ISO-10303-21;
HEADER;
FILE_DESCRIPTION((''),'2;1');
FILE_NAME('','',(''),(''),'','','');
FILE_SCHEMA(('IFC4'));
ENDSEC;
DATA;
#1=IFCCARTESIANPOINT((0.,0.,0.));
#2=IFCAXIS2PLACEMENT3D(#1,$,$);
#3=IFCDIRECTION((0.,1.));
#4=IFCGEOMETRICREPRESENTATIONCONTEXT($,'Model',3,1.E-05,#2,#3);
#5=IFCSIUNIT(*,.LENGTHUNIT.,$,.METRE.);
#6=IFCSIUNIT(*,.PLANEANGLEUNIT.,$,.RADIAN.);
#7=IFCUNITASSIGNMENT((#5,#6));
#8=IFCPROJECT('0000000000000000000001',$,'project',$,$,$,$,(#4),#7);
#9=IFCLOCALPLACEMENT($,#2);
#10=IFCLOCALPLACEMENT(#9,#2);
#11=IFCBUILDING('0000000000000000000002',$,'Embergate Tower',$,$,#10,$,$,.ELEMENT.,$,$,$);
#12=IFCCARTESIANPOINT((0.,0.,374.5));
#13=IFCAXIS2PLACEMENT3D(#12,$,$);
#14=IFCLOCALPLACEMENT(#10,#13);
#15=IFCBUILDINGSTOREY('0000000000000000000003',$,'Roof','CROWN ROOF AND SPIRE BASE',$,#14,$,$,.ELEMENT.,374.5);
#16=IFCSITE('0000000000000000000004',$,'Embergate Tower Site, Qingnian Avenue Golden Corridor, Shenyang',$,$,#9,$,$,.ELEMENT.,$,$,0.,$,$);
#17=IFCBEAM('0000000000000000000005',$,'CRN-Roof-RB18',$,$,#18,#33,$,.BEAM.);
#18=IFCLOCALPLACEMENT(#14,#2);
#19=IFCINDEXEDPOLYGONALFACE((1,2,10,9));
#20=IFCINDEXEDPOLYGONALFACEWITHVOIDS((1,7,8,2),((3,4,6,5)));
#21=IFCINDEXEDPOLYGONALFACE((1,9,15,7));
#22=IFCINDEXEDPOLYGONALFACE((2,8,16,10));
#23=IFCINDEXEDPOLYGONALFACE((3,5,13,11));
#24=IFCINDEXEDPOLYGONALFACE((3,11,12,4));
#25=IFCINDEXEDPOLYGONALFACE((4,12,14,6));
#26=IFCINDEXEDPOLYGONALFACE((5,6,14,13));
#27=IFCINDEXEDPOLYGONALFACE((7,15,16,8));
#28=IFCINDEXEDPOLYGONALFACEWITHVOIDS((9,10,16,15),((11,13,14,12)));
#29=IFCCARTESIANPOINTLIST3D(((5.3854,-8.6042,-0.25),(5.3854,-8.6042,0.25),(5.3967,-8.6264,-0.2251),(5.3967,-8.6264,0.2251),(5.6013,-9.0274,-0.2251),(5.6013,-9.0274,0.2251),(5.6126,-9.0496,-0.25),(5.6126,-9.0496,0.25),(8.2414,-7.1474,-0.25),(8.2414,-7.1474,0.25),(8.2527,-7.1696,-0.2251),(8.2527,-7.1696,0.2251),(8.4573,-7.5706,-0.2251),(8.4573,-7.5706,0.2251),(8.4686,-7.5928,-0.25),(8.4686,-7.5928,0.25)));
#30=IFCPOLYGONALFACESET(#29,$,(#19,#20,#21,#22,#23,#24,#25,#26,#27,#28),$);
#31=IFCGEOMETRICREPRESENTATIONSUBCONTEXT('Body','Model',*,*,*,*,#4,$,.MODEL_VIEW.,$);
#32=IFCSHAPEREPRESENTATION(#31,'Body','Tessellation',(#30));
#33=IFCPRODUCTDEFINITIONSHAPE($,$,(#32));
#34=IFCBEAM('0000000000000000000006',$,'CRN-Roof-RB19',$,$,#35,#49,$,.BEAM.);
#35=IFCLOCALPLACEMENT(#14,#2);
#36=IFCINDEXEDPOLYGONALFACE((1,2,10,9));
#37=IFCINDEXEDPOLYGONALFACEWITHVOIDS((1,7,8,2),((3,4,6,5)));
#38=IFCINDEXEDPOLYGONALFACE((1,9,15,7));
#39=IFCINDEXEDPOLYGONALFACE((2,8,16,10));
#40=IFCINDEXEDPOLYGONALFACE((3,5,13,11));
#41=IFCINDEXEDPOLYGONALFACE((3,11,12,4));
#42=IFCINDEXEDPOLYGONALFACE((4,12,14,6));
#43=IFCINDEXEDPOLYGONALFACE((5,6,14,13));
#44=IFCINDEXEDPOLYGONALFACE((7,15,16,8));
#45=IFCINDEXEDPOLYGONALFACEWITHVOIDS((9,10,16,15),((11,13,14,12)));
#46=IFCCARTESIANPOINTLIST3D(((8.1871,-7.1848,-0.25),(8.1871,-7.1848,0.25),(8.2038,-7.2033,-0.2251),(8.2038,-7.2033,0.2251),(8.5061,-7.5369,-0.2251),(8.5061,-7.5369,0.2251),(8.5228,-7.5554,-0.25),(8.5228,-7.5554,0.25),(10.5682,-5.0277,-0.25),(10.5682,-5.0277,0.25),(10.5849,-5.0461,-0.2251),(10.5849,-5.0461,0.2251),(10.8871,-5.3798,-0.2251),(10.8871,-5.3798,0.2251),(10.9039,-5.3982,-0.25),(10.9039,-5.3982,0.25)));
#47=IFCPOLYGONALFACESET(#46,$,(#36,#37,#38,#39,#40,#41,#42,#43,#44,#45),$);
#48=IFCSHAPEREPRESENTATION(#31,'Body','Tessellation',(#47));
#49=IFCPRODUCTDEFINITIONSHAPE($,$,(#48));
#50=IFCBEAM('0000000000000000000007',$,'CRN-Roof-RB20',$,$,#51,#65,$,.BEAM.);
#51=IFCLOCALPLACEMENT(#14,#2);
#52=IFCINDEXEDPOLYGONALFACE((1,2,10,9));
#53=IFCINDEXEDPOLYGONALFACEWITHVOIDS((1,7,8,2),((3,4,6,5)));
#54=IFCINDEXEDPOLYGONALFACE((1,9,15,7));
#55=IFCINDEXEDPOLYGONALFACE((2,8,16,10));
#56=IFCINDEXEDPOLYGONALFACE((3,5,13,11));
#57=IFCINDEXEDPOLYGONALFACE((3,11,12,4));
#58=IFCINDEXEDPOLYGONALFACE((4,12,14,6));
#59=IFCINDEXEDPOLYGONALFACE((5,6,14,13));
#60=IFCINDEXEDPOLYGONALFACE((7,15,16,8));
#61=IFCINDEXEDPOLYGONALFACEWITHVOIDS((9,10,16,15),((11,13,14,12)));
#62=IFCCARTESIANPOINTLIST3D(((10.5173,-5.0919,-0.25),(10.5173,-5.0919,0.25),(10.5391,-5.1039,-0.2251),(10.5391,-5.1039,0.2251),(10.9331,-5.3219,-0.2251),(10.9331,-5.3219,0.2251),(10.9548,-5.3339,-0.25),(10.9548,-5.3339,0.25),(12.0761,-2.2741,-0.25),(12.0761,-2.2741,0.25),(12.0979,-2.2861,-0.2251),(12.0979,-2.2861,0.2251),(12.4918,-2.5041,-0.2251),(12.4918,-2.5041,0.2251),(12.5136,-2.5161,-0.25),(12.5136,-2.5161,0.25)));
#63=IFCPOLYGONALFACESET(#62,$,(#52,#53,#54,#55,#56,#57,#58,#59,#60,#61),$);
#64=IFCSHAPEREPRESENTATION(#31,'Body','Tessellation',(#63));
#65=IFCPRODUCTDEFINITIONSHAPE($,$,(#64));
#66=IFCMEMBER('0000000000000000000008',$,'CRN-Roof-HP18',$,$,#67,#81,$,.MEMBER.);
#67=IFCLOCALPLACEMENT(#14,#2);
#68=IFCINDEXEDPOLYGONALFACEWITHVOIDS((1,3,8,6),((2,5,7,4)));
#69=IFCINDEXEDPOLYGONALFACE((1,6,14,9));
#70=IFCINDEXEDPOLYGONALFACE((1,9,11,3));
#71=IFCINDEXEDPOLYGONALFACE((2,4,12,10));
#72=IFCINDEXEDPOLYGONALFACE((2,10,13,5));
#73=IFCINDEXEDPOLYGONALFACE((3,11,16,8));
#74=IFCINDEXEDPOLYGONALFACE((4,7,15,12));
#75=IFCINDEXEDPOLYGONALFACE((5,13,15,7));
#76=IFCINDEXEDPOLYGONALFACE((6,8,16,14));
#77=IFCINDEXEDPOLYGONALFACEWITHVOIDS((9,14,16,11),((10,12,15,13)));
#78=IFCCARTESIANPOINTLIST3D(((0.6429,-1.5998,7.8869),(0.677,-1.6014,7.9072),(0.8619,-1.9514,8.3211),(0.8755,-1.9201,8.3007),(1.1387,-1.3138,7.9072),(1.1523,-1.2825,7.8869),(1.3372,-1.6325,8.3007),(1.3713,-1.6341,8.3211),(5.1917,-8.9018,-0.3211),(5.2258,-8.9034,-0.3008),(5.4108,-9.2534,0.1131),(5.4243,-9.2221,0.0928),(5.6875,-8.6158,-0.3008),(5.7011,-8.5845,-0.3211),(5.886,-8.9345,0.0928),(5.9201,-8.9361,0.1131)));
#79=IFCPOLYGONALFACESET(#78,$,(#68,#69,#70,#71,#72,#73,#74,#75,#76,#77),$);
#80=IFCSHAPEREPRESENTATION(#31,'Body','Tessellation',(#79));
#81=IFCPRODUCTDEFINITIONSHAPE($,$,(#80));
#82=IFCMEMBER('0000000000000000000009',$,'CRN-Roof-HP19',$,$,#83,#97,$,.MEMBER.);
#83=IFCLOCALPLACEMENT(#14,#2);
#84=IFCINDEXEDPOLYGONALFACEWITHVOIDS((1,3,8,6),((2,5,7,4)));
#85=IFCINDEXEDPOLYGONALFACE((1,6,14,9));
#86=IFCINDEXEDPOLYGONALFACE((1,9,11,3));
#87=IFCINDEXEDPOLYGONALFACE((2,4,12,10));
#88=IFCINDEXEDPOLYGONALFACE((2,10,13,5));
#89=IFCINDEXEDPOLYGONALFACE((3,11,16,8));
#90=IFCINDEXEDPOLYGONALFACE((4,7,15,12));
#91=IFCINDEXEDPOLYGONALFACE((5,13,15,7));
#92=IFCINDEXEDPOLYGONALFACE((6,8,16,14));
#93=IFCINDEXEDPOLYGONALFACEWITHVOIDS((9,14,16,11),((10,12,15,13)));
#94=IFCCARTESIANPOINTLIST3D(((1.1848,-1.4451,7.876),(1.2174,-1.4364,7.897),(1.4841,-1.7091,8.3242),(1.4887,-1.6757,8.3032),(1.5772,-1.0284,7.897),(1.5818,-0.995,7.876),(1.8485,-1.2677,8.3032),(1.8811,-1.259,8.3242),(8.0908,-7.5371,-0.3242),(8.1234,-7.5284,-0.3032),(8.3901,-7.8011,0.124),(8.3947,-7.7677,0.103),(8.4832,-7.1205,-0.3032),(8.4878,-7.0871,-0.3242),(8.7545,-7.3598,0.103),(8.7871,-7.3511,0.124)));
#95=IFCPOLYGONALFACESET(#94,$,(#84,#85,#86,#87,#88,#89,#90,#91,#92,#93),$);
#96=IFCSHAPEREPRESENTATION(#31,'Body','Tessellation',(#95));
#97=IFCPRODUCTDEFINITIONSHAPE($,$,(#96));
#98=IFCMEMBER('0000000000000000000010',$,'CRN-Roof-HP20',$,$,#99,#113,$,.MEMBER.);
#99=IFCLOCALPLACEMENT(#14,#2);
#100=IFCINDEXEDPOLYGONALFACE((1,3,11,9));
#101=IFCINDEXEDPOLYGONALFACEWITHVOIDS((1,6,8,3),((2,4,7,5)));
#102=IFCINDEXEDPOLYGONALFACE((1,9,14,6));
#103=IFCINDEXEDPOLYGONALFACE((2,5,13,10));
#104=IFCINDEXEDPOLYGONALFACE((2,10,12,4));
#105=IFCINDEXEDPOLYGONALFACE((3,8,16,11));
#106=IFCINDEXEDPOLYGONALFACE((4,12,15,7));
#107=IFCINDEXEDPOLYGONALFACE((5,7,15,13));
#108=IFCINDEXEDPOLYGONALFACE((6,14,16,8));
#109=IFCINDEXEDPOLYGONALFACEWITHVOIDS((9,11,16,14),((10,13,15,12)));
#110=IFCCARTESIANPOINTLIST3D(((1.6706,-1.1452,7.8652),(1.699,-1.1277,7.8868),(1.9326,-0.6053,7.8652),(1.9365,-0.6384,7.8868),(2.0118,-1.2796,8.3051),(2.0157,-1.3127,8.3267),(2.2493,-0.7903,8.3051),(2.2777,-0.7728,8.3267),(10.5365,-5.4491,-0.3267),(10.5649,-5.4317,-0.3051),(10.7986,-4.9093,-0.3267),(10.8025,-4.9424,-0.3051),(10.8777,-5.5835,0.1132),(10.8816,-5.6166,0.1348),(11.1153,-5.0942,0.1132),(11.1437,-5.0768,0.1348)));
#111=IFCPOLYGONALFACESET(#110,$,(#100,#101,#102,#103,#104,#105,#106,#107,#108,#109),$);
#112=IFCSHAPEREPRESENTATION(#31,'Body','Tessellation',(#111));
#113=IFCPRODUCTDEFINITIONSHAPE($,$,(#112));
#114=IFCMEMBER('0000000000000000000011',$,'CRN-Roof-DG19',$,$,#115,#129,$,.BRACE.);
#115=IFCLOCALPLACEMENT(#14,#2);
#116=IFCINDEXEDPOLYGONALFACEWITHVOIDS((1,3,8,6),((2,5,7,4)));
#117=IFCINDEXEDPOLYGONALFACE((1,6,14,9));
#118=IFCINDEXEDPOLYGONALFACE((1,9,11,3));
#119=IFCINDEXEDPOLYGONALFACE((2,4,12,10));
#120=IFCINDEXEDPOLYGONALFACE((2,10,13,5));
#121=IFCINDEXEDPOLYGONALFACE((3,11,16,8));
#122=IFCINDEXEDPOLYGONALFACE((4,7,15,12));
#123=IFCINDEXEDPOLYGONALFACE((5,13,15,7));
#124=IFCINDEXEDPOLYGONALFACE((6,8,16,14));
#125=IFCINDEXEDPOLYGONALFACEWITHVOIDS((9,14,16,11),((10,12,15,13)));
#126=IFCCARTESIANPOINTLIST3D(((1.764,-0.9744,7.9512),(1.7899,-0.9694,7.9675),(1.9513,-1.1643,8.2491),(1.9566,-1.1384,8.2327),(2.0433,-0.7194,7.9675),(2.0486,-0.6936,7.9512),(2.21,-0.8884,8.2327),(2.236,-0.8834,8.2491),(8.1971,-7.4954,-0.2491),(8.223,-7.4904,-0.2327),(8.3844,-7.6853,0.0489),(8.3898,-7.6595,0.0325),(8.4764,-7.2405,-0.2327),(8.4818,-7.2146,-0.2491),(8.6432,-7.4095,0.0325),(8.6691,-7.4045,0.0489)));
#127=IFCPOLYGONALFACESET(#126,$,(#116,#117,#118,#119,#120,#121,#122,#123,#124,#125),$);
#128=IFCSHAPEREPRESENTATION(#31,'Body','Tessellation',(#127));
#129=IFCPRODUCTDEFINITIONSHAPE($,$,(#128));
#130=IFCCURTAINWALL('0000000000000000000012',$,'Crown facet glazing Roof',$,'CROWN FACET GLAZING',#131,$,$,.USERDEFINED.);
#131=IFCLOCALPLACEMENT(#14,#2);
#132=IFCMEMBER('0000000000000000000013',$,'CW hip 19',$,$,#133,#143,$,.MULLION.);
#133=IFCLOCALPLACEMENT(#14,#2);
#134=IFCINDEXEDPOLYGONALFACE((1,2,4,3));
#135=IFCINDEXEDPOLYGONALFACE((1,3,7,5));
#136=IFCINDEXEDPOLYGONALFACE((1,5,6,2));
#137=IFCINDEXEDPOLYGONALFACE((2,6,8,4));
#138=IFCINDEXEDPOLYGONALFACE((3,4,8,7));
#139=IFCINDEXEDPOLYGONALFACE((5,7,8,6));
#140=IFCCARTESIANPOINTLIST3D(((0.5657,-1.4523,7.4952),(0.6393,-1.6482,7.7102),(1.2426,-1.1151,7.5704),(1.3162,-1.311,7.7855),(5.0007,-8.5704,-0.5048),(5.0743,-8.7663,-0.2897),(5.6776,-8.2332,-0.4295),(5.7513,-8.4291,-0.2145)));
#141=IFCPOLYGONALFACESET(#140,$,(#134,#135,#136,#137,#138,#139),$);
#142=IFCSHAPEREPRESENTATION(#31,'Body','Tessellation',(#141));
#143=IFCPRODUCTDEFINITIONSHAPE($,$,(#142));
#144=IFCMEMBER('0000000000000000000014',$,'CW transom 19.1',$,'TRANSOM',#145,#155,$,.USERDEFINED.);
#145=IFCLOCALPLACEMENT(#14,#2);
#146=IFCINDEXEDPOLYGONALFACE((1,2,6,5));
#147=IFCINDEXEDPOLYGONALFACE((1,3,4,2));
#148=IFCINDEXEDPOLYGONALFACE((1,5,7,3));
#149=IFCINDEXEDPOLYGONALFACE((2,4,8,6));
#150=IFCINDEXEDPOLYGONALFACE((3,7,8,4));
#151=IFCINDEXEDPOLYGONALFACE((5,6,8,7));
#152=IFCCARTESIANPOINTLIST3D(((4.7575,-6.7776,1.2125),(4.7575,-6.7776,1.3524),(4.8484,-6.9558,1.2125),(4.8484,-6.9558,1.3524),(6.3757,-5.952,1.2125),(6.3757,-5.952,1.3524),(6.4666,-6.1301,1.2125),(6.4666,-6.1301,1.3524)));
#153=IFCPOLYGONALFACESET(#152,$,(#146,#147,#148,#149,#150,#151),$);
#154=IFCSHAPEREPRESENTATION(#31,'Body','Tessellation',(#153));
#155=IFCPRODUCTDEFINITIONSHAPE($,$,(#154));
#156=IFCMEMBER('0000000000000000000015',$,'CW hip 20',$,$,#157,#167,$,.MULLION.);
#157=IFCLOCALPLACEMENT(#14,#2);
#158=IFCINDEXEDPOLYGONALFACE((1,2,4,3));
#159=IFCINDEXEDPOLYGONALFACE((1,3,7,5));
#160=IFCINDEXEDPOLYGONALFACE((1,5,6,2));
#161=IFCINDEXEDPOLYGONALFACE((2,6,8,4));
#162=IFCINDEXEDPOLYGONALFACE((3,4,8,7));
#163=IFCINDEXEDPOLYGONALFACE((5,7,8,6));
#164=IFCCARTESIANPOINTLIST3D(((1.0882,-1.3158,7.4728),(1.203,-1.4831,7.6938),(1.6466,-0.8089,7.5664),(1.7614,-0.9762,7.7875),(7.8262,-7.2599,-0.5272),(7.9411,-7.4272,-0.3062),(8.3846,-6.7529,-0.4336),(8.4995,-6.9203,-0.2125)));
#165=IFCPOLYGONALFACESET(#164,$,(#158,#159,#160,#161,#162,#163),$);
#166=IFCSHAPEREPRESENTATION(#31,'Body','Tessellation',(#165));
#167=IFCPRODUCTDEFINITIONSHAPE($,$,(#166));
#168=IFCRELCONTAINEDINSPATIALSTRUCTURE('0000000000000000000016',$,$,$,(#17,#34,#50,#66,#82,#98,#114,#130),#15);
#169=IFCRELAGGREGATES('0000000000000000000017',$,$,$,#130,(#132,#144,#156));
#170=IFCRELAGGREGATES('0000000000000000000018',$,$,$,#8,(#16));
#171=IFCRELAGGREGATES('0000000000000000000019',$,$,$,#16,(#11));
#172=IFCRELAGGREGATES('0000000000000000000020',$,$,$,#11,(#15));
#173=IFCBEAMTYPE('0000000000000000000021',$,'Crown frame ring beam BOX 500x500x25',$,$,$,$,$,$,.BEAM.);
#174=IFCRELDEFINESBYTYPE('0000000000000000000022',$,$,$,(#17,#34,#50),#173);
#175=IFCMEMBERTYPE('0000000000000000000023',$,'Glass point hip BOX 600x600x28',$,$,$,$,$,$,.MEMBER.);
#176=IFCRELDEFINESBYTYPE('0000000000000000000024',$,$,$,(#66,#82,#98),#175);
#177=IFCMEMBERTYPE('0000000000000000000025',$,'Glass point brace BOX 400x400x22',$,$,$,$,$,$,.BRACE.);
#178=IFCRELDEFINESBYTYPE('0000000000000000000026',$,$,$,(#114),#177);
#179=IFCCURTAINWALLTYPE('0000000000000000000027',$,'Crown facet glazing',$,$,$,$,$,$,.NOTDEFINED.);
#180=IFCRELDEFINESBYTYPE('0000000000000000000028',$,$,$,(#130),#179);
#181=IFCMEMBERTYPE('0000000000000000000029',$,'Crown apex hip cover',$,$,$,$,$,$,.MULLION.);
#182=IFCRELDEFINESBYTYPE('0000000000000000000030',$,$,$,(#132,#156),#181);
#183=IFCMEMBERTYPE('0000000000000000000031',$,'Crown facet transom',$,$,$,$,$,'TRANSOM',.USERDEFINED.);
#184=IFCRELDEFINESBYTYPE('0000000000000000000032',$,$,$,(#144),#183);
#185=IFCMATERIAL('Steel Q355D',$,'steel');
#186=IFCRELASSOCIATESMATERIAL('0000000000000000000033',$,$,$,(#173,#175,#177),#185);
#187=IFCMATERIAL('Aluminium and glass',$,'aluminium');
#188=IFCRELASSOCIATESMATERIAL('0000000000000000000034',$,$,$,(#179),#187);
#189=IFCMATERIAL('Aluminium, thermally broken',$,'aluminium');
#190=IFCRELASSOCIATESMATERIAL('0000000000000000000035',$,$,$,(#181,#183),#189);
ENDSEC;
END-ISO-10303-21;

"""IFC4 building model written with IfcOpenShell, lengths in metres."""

from ifc_helpers import new_model, si_unit, direction, frame, origin, origin_2d, place, context, subcontext, project, spatial, rectangle, hollow_rectangle, extrude, source, transform, mapped, material, material_profile, profile_set, type_object, element, aggregate, save


model = new_model("IFC4")

# Units and contexts
model_context = context("Model", 3, precision=1e-05, world=origin(), true_north=direction((0.0, 1.0)))
body_context = subcontext(model_context, "Body", "Model", "MODEL_VIEW")
ifc_project = project(units=[si_unit("LENGTHUNIT", "METRE"), si_unit("PLANEANGLEUNIT", "RADIAN")], contexts=[model_context])

# Site, building, storey
site_placement = place(None, origin())
site = spatial("IfcSite", under=ifc_project, at=site_placement, Name="Embergate Tower Site, Qingnian Avenue Golden Corridor, Shenyang", CompositionType="ELEMENT", RefElevation=0.0)
building_placement = place(site_placement, origin())
building = spatial("IfcBuilding", under=site, at=building_placement, Name="Embergate Tower", CompositionType="ELEMENT")
storey_placement = place(building_placement, frame((0.0, 0.0, 374.5)))
storey = spatial("IfcBuildingStorey", under=building, at=storey_placement, Name="Roof", Description="CROWN ROOF AND SPIRE BASE", CompositionType="ELEMENT", Elevation=374.5)

# Beams
ifc_material_1 = material(Name="Steel Q355D", Category="steel")
ifc_material_profile_1 = material_profile(ifc_material_1, hollow_rectangle(XDim=0.5, YDim=0.5, WallThickness=0.0249, at=origin_2d()), Name="BOX 500x500x25")
ifc_profile_set_1 = profile_set([ifc_material_profile_1], Name="Steel Q355 grade D")
beam_type = type_object("IfcBeamType", Name="Crown frame ring beam BOX 500x500x25", PredefinedType="BEAM", material=ifc_profile_set_1)
shared_shape_1 = source(origin(), body_context, "Body", "SweptSolid", [
    extrude(hollow_rectangle(XDim=0.5, YDim=0.5, WallThickness=0.0249, at=origin_2d()), origin(), (0.0, 0.0, 1.0), 3.2061),
])
beam_1_placement = place(storey_placement, frame((5.499, -8.8269, 0.0), z_axis=(0.890804, 0.454388, 0.0), x_axis=(-0.454388, 0.890804, 0.0)))
element("IfcBeam", 1, at=beam_1_placement, inside=storey, type_object=beam_type, Name="CRN-Roof-RB18", PredefinedType="BEAM", context=body_context, shape_type="MappedRepresentation", body=[
    mapped(shared_shape_1, transform((0.0, 0.0, 0.0))),
])
shared_shape_2 = source(origin(), body_context, "Body", "SweptSolid", [
    extrude(hollow_rectangle(XDim=0.5, YDim=0.5, WallThickness=0.0249, at=origin_2d()), origin(), (0.0, 0.0, 1.0), 3.2129),
])
beam_2_placement = place(storey_placement, frame((8.355, -7.3701, 0.0), z_axis=(0.741087, 0.671409, 0.0), x_axis=(-0.671409, 0.741087, 0.0)))
element("IfcBeam", 2, at=beam_2_placement, inside=storey, type_object=beam_type, Name="CRN-Roof-RB19", PredefinedType="BEAM", context=body_context, shape_type="MappedRepresentation", body=[
    mapped(shared_shape_2, transform((0.0, 0.0, 0.0))),
])
shared_shape_3 = source(origin(), body_context, "Body", "SweptSolid", [
    extrude(hollow_rectangle(XDim=0.5, YDim=0.5, WallThickness=0.0249, at=origin_2d()), origin(), (0.0, 0.0, 1.0), 3.2202),
])
beam_3_placement = place(storey_placement, frame((10.7361, -5.2129, 0.0), z_axis=(0.484065, 0.875032, 0.0), x_axis=(-0.875032, 0.484065, 0.0)))
element("IfcBeam", 3, at=beam_3_placement, inside=storey, type_object=beam_type, Name="CRN-Roof-RB20", PredefinedType="BEAM", context=body_context, shape_type="MappedRepresentation", body=[
    mapped(shared_shape_3, transform((0.0, 0.0, 0.0))),
])

# Members
ifc_material_profile_2 = material_profile(ifc_material_1, hollow_rectangle(XDim=0.6001, YDim=0.6001, WallThickness=0.0281, at=origin_2d()), Name="BOX 600x600x28")
ifc_profile_set_2 = profile_set([ifc_material_profile_2], Name="Steel Q355 grade D")
member_type_1 = type_object("IfcMemberType", Name="Glass point hip BOX 600x600x28", PredefinedType="MEMBER", material=ifc_profile_set_2)
shared_shape_4 = source(origin(), body_context, "Body", "SweptSolid", [
    extrude(hollow_rectangle(XDim=0.6001, YDim=0.6001, WallThickness=0.0281, at=origin_2d()), origin(), (0.0, 0.0, 1.0), 11.8904),
])
member_1_placement = place(storey_placement, frame((5.5559, -8.9189, -0.104), z_axis=(-0.382562, 0.614107, 0.690303), x_axis=(-0.848777, -0.528751, 0.0)))
element("IfcMember", 4, at=member_1_placement, inside=storey, type_object=member_type_1, Name="CRN-Roof-HP18", PredefinedType="MEMBER", context=body_context, shape_type="MappedRepresentation", body=[
    mapped(shared_shape_4, transform((0.0, 0.0, 0.0))),
])
shared_shape_5 = source(origin(), body_context, "Body", "SweptSolid", [
    extrude(hollow_rectangle(XDim=0.6001, YDim=0.6001, WallThickness=0.0281, at=origin_2d()), origin(), (0.0, 0.0, 1.0), 12.3308),
])
member_2_placement = place(storey_placement, frame((8.439, -7.4441, -0.1001), z_axis=(-0.560061, 0.49405, 0.665016), x_axis=(-0.66153, -0.749918, 0.0)))
element("IfcMember", 5, at=member_2_placement, inside=storey, type_object=member_type_1, Name="CRN-Roof-HP19", PredefinedType="MEMBER", context=body_context, shape_type="MappedRepresentation", body=[
    mapped(shared_shape_5, transform((0.0, 0.0, 0.0))),
])
shared_shape_6 = source(origin(), body_context, "Body", "SweptSolid", [
    extrude(hollow_rectangle(XDim=0.6001, YDim=0.6001, WallThickness=0.0281, at=origin_2d()), origin(), (0.0, 0.0, 1.0), 12.8154),
])
member_3_placement = place(storey_placement, frame((10.8401, -5.2629, -0.0959), z_axis=(-0.691817, 0.33584, 0.639219), x_axis=(-0.436709, -0.899603, 0.0)))
element("IfcMember", 6, at=member_3_placement, inside=storey, type_object=member_type_1, Name="CRN-Roof-HP20", PredefinedType="MEMBER", context=body_context, shape_type="MappedRepresentation", body=[
    mapped(shared_shape_6, transform((0.0, 0.0, 0.0))),
])
ifc_material_profile_3 = material_profile(ifc_material_1, hollow_rectangle(XDim=0.3999, YDim=0.3999, WallThickness=0.022, at=origin_2d()), Name="BOX 400x400x22")
ifc_profile_set_3 = profile_set([ifc_material_profile_3], Name="Steel Q355 grade D")
member_type_2 = type_object("IfcMemberType", Name="Glass point brace BOX 400x400x22", PredefinedType="BRACE", material=ifc_profile_set_3)
shared_shape_7 = source(origin(), body_context, "Body", "SweptSolid", [
    extrude(hollow_rectangle(XDim=0.3999, YDim=0.3999, WallThickness=0.022, at=origin_2d()), origin(), (0.0, 0.0, 1.0), 12.2944),
])
member_4_placement = place(storey_placement, frame((8.4331, -7.45, -0.1001), z_axis=(-0.523256, 0.530405, 0.666988), x_axis=(-0.711888, -0.702293, 0.0)))
element("IfcMember", 7, at=member_4_placement, inside=storey, type_object=member_type_2, Name="CRN-Roof-DG19", PredefinedType="BRACE", context=body_context, shape_type="MappedRepresentation", body=[
    mapped(shared_shape_7, transform((0.0, 0.0, 0.0))),
])

# Curtain wall, members
ifc_material_2 = material(Name="Aluminium and glass", Category="aluminium")
curtain_wall_type = type_object("IfcCurtainWallType", Name="Crown facet glazing", PredefinedType="NOTDEFINED", material=ifc_material_2)
curtain_wall_placement = place(storey_placement, origin())
curtain_wall = element("IfcCurtainWall", 8, at=curtain_wall_placement, inside=storey, type_object=curtain_wall_type, Name="Crown facet glazing Roof", ObjectType="CROWN FACET GLAZING", PredefinedType="USERDEFINED")
ifc_material_3 = material(Name="Aluminium, thermally broken", Category="aluminium")
ifc_material_profile_4 = material_profile(ifc_material_3, rectangle(XDim=0.3, YDim=0.76, at=origin_2d()), Name="AL 760x300")
ifc_profile_set_4 = profile_set([ifc_material_profile_4], Name="Aluminium, thermally broken")
member_type_3 = type_object("IfcMemberType", Name="Crown apex hip cover", PredefinedType="MULLION", material=ifc_profile_set_4)
shared_shape_8 = source(origin(), body_context, "Body", "SweptSolid", [
    extrude(rectangle(XDim=0.3, YDim=0.76, at=origin_2d()), origin(), (0.0, 0.0, 1.0), 11.5903),
])
member_5_placement = place(storey_placement, frame((5.376, -8.4998, -0.3596), z_axis=(-0.382648, 0.614142, 0.690225), x_axis=(0.245448, -0.652661, 0.716791)))
member_5 = element("IfcMember", 9, at=member_5_placement, type_object=member_type_3, Name="CW hip 19", PredefinedType="MULLION", context=body_context, shape_type="MappedRepresentation", body=[
    mapped(shared_shape_8, transform((0.0, 0.0, 0.0))),
])
ifc_material_profile_5 = material_profile(ifc_material_3, rectangle(XDim=0.2, YDim=0.1399, at=origin_2d()), Name="AL 140x200")
ifc_profile_set_5 = profile_set([ifc_material_profile_5], Name="Aluminium, thermally broken")
member_type_4 = type_object("IfcMemberType", Name="Crown facet transom", ElementType="TRANSOM", PredefinedType="USERDEFINED", material=ifc_profile_set_5)
shared_shape_9 = source(origin(), body_context, "Body", "SweptSolid", [
    extrude(rectangle(XDim=0.2, YDim=0.1399, at=origin_2d()), origin(), (0.0, 0.0, 1.0), 1.8167),
])
member_6_placement = place(storey_placement, frame((4.803, -6.8667, 1.2825), z_axis=(0.890742, 0.45451, 0.0), x_axis=(-0.45451, 0.890742, 0.0)))
member_6 = element("IfcMember", 10, at=member_6_placement, type_object=member_type_4, Name="CW transom 19.1", ObjectType="TRANSOM", PredefinedType="USERDEFINED", context=body_context, shape_type="MappedRepresentation", body=[
    mapped(shared_shape_9, transform((0.0, 0.0, 0.0))),
])
shared_shape_10 = source(origin(), body_context, "Body", "SweptSolid", [
    extrude(rectangle(XDim=0.3, YDim=0.76, at=origin_2d()), origin(), (0.0, 0.0, 1.0), 12.0305),
])
member_7_placement = place(storey_placement, frame((8.1628, -7.0901, -0.3699), z_axis=(-0.560079, 0.494084, 0.664976), x_axis=(0.382712, -0.557586, 0.736634)))
member_7 = element("IfcMember", 11, at=member_7_placement, type_object=member_type_3, Name="CW hip 20", PredefinedType="MULLION", context=body_context, shape_type="MappedRepresentation", body=[
    mapped(shared_shape_10, transform((0.0, 0.0, 0.0))),
])
aggregate(curtain_wall, [member_5, member_6, member_7])

save(model, "model.ifc")
